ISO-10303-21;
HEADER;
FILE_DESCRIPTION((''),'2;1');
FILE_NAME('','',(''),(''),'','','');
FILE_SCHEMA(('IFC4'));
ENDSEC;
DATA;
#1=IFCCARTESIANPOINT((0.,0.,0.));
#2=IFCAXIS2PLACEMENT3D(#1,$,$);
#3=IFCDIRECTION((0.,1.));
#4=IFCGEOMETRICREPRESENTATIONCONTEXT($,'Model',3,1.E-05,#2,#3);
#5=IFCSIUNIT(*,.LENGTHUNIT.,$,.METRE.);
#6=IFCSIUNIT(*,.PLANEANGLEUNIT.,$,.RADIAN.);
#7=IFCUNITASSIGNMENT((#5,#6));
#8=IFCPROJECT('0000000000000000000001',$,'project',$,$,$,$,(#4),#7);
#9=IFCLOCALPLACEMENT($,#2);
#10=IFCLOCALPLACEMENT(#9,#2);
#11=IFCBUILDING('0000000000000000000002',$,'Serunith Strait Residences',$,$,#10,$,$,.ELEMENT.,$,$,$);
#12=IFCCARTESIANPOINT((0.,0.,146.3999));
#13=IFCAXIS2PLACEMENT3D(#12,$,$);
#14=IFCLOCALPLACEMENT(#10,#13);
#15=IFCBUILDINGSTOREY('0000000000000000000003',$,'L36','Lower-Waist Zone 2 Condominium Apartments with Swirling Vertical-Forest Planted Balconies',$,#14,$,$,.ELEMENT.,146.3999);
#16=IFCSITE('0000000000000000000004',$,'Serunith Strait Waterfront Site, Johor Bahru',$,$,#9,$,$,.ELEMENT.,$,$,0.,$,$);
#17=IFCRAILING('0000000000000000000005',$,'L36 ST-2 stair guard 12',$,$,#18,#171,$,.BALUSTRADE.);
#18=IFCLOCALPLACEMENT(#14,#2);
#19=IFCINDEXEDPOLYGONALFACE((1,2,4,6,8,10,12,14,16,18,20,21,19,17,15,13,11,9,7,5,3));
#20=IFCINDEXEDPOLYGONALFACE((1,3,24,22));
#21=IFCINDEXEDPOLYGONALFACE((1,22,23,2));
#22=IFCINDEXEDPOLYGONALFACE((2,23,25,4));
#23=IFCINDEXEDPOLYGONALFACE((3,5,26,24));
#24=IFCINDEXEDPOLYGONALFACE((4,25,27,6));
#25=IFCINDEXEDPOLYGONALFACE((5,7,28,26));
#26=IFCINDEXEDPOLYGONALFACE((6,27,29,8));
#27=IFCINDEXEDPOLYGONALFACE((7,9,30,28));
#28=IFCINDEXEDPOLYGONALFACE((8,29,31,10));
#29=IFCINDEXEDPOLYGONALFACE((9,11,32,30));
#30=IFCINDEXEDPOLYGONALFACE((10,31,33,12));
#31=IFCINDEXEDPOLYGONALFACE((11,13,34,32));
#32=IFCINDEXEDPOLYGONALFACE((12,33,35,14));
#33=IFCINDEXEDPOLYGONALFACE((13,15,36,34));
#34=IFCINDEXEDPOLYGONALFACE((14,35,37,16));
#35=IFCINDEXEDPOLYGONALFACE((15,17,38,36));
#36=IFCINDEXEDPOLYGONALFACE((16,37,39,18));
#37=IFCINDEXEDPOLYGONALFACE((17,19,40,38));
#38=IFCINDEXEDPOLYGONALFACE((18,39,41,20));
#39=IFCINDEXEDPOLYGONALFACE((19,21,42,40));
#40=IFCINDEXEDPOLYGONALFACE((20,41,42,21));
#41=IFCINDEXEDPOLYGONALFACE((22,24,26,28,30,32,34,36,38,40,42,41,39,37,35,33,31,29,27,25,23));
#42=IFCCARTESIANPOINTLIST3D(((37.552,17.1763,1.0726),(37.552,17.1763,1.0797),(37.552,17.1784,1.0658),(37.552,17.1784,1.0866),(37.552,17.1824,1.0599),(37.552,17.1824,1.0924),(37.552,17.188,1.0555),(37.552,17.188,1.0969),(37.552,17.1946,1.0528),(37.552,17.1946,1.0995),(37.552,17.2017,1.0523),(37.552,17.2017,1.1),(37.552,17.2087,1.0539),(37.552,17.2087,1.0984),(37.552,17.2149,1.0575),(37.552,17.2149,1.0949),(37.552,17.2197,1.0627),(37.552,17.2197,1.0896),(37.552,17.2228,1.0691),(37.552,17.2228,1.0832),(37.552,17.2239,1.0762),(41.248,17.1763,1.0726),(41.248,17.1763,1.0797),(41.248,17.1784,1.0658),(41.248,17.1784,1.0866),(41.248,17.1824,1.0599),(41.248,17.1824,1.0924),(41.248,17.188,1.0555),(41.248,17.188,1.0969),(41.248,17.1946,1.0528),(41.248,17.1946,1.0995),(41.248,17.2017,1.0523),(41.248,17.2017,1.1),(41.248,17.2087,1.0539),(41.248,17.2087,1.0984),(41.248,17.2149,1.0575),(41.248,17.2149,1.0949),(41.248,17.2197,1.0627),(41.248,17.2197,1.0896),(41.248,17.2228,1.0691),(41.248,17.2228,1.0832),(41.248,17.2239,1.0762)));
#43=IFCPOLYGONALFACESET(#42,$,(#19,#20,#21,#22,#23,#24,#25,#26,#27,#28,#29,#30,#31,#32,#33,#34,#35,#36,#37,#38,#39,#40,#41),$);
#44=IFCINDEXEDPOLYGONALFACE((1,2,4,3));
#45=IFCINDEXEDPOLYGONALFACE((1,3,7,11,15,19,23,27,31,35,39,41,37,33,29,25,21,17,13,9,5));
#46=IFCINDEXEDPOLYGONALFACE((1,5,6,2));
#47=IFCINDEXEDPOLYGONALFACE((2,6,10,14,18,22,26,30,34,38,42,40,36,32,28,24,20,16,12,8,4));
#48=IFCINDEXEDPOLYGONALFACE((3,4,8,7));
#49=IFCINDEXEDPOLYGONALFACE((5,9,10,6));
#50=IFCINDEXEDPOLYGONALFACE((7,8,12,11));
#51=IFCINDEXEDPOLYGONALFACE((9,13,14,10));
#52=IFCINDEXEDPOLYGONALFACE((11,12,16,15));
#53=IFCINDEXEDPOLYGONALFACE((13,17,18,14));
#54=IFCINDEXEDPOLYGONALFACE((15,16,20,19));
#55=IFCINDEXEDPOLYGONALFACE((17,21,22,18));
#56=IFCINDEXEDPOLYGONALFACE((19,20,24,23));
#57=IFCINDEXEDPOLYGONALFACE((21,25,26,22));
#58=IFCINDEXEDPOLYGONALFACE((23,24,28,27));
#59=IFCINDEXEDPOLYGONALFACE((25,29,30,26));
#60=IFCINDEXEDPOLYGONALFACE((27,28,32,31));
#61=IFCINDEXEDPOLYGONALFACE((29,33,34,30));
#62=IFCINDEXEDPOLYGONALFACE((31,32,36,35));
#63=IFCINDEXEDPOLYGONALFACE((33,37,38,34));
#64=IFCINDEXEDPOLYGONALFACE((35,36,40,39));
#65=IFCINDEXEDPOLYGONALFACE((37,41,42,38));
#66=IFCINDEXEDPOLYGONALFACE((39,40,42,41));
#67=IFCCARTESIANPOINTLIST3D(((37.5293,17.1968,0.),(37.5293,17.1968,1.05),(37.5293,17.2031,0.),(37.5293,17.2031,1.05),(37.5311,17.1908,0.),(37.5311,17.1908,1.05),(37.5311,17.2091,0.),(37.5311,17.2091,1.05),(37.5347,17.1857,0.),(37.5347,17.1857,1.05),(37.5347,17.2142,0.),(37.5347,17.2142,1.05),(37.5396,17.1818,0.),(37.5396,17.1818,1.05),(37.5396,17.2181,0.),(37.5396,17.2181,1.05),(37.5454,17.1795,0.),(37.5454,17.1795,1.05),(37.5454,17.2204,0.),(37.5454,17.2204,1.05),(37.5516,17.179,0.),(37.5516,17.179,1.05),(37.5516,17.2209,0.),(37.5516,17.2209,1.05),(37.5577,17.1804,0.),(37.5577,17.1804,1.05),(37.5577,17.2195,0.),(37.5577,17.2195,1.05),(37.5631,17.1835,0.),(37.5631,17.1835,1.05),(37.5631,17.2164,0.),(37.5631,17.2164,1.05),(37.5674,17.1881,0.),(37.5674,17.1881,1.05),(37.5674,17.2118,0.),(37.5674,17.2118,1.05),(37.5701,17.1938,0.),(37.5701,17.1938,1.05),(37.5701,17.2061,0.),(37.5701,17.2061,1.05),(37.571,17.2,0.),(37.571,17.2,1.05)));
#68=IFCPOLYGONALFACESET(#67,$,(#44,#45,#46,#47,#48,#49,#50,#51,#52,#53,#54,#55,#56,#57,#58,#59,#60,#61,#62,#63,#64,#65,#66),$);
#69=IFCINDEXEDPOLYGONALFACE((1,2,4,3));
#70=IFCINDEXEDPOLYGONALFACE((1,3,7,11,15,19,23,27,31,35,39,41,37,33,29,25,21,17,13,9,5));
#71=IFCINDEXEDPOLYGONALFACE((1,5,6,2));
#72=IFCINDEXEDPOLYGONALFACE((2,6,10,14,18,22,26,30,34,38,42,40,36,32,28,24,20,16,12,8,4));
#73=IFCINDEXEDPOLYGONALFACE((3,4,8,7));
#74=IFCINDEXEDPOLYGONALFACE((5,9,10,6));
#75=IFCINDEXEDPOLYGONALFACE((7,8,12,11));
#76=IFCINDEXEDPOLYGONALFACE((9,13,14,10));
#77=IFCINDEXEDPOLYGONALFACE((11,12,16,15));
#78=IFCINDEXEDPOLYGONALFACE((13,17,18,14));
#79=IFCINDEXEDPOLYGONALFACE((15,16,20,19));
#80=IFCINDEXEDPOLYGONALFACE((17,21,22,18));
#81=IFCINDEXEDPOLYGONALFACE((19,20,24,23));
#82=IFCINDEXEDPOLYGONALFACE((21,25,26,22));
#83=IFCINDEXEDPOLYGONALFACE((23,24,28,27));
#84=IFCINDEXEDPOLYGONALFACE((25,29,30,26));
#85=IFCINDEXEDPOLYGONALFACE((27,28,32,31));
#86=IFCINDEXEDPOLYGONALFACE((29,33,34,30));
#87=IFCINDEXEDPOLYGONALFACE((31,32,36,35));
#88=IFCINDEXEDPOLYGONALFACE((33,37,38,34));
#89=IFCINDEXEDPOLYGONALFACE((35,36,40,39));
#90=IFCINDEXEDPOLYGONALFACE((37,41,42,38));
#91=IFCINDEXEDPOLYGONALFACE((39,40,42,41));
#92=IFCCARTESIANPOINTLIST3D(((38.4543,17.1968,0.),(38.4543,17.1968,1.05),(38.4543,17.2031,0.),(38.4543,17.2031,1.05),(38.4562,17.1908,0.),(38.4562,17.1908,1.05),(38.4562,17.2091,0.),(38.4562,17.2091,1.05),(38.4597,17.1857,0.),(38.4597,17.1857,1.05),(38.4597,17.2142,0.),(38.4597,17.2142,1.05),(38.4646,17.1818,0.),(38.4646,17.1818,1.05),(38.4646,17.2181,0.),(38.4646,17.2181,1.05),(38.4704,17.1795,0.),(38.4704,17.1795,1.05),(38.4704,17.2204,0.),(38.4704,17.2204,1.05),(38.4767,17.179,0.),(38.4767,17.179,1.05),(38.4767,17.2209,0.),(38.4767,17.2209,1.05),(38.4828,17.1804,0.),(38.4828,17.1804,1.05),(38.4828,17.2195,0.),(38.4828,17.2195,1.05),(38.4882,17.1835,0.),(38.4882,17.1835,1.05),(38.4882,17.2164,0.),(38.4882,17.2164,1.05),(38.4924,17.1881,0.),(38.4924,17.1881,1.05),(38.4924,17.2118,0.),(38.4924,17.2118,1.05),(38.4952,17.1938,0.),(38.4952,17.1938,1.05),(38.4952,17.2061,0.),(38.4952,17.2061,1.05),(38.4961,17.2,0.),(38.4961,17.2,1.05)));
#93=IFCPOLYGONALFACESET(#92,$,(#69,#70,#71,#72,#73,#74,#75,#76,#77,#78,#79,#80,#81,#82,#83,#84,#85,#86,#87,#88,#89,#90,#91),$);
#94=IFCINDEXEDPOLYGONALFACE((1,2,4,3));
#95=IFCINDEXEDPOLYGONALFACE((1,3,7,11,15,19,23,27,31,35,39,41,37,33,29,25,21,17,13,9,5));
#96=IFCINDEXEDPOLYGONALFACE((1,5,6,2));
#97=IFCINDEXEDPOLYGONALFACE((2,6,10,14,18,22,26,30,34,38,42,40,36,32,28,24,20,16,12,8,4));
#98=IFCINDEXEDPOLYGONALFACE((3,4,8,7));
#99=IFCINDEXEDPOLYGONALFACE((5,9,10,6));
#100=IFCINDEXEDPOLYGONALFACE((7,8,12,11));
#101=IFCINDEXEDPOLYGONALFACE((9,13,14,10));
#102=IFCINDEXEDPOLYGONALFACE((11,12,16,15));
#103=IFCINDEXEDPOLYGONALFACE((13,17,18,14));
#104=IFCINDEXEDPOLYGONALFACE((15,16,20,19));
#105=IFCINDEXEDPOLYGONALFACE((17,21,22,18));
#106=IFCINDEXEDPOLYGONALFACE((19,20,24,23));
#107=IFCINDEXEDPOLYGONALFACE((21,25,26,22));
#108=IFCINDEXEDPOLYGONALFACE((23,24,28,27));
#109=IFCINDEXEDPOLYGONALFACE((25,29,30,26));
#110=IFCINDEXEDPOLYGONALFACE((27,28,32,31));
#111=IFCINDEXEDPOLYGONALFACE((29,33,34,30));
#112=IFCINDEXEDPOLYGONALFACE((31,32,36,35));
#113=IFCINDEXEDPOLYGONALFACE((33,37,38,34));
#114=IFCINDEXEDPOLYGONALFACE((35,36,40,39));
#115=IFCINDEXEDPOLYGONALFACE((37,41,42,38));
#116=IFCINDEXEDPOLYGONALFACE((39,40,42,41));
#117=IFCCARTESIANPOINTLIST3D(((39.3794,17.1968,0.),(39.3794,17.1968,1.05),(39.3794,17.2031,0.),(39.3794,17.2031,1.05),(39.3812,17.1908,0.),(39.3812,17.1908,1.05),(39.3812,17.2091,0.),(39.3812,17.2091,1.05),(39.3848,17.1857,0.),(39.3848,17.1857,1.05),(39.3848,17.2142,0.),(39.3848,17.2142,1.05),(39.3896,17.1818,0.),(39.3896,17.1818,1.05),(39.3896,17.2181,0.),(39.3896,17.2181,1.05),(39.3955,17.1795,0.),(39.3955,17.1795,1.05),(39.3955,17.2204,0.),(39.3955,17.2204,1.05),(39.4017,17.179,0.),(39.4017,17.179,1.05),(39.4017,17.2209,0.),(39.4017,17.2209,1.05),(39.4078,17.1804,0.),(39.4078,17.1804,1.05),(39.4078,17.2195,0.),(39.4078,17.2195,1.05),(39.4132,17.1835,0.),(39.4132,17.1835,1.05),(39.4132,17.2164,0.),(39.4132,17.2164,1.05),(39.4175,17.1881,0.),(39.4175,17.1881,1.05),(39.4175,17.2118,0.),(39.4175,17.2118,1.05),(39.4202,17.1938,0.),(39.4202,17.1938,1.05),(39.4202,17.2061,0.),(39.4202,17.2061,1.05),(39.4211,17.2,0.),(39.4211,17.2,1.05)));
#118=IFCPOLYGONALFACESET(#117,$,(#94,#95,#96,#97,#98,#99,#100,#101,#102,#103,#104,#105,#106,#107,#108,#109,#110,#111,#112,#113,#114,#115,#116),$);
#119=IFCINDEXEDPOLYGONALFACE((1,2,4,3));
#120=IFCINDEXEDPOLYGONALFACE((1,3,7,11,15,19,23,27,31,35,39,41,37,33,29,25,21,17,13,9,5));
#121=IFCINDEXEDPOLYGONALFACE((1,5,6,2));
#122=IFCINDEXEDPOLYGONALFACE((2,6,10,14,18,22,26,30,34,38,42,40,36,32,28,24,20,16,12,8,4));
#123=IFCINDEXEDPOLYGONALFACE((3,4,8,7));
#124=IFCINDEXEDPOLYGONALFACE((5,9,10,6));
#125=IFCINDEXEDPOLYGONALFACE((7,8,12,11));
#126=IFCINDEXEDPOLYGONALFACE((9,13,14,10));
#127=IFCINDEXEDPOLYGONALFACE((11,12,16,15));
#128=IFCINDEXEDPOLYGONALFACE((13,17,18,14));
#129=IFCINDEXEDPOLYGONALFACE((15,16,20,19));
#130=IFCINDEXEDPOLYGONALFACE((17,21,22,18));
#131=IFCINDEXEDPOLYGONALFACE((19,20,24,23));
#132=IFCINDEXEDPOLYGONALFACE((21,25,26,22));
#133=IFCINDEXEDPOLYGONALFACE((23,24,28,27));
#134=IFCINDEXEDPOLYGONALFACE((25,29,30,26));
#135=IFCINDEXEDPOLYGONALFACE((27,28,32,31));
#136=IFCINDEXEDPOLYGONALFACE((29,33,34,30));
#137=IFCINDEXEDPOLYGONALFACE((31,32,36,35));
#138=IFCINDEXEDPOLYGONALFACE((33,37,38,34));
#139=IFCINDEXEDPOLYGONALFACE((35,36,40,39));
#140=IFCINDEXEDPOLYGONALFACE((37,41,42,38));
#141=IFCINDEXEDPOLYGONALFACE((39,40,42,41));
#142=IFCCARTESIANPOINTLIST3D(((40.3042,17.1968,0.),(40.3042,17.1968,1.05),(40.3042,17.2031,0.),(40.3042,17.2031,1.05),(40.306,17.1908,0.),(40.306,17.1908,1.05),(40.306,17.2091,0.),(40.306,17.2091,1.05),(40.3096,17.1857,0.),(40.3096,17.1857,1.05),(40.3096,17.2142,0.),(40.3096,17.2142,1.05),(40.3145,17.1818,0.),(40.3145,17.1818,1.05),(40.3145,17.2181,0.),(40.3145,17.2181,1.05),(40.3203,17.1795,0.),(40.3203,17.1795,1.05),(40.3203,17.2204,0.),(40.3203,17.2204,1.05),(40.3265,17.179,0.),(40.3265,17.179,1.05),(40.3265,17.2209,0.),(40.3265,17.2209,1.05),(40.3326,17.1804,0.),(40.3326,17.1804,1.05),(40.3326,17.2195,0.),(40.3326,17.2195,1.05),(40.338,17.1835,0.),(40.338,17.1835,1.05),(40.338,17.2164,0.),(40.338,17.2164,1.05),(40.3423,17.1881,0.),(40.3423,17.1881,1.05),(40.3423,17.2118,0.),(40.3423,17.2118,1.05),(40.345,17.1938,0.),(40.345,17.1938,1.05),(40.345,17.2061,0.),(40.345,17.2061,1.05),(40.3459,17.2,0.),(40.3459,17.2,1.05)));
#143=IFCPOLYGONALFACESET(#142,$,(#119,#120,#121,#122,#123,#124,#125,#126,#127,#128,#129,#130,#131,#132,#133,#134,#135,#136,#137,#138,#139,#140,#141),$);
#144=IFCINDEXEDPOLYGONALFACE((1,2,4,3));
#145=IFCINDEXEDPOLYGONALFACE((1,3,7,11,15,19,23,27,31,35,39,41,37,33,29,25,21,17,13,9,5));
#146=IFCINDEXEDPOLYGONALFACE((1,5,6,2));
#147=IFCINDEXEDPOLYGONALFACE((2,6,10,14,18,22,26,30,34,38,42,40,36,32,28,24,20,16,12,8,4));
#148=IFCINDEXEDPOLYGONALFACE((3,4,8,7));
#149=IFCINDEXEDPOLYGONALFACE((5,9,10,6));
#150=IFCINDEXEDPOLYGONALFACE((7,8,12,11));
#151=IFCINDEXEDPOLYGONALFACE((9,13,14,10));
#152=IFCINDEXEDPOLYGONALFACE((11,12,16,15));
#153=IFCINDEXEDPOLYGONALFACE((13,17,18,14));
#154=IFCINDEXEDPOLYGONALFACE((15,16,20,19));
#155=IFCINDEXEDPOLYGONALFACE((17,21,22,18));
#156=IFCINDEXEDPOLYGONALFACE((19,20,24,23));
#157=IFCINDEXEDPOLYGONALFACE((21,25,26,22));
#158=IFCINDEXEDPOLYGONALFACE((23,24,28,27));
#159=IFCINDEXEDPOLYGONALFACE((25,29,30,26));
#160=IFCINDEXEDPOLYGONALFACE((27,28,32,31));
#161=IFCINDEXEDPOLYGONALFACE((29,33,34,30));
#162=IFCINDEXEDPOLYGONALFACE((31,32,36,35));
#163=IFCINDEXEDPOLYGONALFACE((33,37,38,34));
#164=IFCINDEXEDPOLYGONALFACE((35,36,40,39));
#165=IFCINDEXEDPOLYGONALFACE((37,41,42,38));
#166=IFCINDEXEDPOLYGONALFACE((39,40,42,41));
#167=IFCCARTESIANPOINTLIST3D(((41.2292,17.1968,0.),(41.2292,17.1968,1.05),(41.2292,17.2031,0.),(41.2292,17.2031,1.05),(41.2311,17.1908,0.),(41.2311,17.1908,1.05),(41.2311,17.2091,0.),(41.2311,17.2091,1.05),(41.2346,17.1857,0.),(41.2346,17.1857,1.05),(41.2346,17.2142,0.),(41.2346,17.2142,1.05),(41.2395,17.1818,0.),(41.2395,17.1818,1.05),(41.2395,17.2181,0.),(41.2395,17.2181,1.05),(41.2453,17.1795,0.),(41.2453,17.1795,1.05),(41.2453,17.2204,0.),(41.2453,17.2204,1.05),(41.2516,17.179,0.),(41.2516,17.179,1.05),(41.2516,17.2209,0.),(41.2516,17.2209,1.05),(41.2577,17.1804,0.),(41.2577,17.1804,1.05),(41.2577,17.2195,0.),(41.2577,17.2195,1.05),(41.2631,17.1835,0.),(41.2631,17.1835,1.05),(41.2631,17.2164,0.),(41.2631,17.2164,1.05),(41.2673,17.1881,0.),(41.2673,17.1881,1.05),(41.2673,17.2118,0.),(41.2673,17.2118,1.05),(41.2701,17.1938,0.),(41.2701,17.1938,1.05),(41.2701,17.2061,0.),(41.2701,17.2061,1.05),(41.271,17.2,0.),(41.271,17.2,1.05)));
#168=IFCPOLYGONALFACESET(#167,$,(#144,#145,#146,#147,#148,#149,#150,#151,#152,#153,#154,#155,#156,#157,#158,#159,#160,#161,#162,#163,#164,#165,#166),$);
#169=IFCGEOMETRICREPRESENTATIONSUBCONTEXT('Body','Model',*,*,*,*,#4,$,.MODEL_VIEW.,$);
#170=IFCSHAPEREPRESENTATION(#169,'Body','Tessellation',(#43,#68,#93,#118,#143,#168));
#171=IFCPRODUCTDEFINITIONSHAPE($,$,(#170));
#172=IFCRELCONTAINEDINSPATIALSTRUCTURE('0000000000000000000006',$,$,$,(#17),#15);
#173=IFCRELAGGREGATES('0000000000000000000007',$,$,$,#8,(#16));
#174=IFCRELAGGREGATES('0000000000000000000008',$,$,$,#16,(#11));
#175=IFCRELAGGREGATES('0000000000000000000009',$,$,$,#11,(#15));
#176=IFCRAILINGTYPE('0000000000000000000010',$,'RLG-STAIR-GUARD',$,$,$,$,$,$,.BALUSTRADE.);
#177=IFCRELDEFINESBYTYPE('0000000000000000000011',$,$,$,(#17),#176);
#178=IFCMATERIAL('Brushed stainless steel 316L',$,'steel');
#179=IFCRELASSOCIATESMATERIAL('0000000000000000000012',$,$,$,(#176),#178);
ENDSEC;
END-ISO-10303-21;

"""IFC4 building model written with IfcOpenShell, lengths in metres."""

from ifc_helpers import new_model, si_unit, direction, frame, origin, origin_2d, place, context, subcontext, project, spatial, circle, extrude, material, type_object, element, save


model = new_model("IFC4")

# Units and contexts
model_context = context("Model", 3, precision=1e-05, world=origin(), true_north=direction((0.0, 1.0)))
body_context = subcontext(model_context, "Body", "Model", "MODEL_VIEW")
ifc_project = project(units=[si_unit("LENGTHUNIT", "METRE"), si_unit("PLANEANGLEUNIT", "RADIAN")], contexts=[model_context])

# Site, building, storey
site_placement = place(None, origin())
site = spatial("IfcSite", under=ifc_project, at=site_placement, Name="Serunith Strait Waterfront Site, Johor Bahru", CompositionType="ELEMENT", RefElevation=0.0)
building_placement = place(site_placement, origin())
building = spatial("IfcBuilding", under=site, at=building_placement, Name="Serunith Strait Residences", CompositionType="ELEMENT")
storey_placement = place(building_placement, frame((0.0, 0.0, 146.3999)))
storey = spatial("IfcBuildingStorey", under=building, at=storey_placement, Name="L36", Description="Lower-Waist Zone 2 Condominium Apartments with Swirling Vertical-Forest Planted Balconies", CompositionType="ELEMENT", Elevation=146.3999)

# Railing
ifc_material_1 = material(Name="Brushed stainless steel 316L", Category="steel")
railing_type_1 = type_object("IfcRailingType", Name="RLG-STAIR-GUARD", PredefinedType="BALUSTRADE", material=ifc_material_1)
railing_1_placement = place(storey_placement, frame((37.55, 17.2, 0.0)))
element("IfcRailing", 1, at=railing_1_placement, inside=storey, type_object=railing_type_1, Name="L36 ST-2 stair guard 12", PredefinedType="BALUSTRADE", context=body_context, shape_type="SweptSolid", body=[
    extrude(circle(Radius=0.0239, at=origin_2d()), frame((0.002, 0.0, 1.0762), z_axis=(1.0, 0.0, 0.0), x_axis=(0.0, 1.0, 0.0)), (0.0, 0.0, 1.0), 3.696),
    extrude(circle(Radius=0.021, at=origin_2d()), origin(), (0.0, 0.0, 1.0), 1.05),
    extrude(circle(Radius=0.021, at=origin_2d()), frame((0.925, 0.0, 0.0)), (0.0, 0.0, 1.0), 1.05),
    extrude(circle(Radius=0.021, at=origin_2d()), frame((1.8501, 0.0, 0.0)), (0.0, 0.0, 1.0), 1.05),
    extrude(circle(Radius=0.021, at=origin_2d()), frame((2.7749, 0.0, 0.0)), (0.0, 0.0, 1.0), 1.05),
    extrude(circle(Radius=0.021, at=origin_2d()), frame((3.7, 0.0, 0.0)), (0.0, 0.0, 1.0), 1.05),
])

save(model, "model.ifc")
